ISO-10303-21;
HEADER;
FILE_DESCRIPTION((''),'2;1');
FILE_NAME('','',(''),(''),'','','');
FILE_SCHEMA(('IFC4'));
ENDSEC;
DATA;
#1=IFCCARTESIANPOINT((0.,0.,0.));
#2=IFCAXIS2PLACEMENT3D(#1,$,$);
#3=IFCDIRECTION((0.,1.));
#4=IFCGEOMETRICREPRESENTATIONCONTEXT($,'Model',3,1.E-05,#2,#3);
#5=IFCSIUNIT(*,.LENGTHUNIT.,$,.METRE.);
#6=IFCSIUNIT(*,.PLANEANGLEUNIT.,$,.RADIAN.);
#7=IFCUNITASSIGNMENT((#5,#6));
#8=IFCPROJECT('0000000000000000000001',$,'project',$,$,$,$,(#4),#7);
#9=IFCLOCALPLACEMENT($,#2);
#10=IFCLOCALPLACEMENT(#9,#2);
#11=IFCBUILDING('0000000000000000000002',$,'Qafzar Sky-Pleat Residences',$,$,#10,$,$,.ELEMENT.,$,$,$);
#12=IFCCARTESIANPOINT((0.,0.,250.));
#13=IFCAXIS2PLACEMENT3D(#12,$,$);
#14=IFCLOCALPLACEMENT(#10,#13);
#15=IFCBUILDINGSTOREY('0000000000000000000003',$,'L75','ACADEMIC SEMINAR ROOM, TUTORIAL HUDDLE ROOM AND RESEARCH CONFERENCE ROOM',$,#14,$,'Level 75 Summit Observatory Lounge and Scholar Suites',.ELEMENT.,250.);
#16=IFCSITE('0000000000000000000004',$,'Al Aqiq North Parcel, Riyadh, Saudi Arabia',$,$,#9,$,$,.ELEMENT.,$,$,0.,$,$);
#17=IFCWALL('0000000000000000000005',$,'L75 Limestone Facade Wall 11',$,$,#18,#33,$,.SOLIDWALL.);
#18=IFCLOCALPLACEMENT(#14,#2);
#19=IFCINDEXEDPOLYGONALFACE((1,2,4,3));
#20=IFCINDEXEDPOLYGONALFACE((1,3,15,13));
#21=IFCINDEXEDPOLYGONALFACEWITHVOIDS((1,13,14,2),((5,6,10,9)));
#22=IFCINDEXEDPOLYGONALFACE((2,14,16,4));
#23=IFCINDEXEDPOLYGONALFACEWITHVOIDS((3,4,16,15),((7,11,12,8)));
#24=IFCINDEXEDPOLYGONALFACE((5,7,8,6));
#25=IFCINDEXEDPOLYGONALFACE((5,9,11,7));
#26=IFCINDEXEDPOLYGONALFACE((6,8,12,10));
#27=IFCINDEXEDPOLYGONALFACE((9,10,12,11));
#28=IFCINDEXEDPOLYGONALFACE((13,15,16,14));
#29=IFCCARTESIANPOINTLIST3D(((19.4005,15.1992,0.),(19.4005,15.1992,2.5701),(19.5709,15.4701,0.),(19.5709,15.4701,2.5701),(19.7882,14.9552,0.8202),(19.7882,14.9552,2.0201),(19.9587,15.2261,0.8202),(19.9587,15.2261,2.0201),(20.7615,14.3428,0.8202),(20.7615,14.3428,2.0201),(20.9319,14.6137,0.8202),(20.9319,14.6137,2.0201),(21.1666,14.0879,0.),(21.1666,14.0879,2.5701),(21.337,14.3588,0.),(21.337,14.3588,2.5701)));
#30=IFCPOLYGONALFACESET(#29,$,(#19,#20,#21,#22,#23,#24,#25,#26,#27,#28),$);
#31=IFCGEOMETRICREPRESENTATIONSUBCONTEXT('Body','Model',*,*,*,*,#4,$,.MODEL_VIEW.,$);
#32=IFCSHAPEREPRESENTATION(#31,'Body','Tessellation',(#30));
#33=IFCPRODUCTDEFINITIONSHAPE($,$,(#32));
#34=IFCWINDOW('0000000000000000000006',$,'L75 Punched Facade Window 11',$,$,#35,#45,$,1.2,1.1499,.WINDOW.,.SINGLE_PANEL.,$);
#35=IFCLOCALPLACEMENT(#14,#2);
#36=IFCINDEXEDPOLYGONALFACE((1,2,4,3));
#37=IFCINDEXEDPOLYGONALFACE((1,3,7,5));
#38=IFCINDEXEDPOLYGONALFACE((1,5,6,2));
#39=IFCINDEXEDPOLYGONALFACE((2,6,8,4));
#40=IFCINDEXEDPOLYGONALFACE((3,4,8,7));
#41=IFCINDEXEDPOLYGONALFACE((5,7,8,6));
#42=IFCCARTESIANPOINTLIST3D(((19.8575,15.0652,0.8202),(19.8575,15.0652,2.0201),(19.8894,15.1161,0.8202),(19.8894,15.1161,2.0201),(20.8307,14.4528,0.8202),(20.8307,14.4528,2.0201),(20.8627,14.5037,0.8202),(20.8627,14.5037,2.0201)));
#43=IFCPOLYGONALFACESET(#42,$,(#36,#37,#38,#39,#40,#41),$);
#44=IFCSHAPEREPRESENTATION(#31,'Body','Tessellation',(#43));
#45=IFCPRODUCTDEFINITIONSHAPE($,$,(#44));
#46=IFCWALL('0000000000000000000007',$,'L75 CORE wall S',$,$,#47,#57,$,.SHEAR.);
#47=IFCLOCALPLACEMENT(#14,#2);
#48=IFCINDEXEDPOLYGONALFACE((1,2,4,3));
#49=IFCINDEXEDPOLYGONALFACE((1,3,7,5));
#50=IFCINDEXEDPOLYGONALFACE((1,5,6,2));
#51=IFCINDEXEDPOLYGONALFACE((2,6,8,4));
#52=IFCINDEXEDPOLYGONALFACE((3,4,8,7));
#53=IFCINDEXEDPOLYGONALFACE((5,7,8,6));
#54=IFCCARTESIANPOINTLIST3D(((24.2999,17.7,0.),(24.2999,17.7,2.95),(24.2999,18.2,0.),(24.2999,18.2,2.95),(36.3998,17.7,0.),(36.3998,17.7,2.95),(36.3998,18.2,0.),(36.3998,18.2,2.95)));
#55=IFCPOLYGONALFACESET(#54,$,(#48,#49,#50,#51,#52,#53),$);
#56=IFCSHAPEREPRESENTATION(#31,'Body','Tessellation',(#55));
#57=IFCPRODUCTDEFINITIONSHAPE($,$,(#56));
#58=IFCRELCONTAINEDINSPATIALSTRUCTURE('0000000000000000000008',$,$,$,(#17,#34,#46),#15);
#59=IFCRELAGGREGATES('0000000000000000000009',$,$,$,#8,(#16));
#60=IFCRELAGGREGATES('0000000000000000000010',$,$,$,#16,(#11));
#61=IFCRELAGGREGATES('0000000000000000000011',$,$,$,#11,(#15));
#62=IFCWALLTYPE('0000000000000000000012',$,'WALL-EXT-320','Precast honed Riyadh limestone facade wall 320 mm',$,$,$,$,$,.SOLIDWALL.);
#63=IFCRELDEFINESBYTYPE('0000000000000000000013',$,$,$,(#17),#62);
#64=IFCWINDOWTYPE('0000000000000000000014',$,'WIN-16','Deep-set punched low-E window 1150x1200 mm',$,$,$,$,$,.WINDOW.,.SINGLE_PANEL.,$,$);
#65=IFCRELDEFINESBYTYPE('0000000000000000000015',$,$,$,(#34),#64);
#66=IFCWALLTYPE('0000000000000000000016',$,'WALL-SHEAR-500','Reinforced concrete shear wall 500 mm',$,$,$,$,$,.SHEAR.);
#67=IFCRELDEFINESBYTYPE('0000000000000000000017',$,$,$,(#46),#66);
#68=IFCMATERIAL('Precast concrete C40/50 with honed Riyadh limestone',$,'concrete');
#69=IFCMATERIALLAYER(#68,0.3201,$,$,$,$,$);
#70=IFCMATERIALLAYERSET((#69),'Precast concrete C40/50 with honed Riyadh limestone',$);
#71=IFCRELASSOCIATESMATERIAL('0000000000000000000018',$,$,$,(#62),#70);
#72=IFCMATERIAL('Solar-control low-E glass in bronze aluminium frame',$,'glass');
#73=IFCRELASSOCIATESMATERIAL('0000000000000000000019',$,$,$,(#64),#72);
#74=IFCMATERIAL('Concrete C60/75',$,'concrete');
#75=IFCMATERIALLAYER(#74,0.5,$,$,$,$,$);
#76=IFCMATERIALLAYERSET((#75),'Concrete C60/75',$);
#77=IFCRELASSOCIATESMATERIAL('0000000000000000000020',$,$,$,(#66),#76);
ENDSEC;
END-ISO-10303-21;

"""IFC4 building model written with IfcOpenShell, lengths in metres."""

from ifc_helpers import new_model, si_unit, direction, frame, frame_2d, origin, place, context, subcontext, project, spatial, rectangle, extrude, source, transform, mapped, material, layer, layer_set, type_object, element, fill, save


model = new_model("IFC4")

# Units and contexts
model_context = context("Model", 3, precision=1e-05, world=origin(), true_north=direction((0.0, 1.0)))
body_context = subcontext(model_context, "Body", "Model", "MODEL_VIEW")
ifc_project = project(units=[si_unit("LENGTHUNIT", "METRE"), si_unit("PLANEANGLEUNIT", "RADIAN")], contexts=[model_context])

# Site, building, storey
site_placement = place(None, origin())
site = spatial("IfcSite", under=ifc_project, at=site_placement, Name="Al Aqiq North Parcel, Riyadh, Saudi Arabia", CompositionType="ELEMENT", RefElevation=0.0)
building_placement = place(site_placement, origin())
building = spatial("IfcBuilding", under=site, at=building_placement, Name="Qafzar Sky-Pleat Residences", CompositionType="ELEMENT")
storey_placement = place(building_placement, frame((0.0, 0.0, 250.0)))
storey = spatial("IfcBuildingStorey", under=building, at=storey_placement, Name="L75", Description="ACADEMIC SEMINAR ROOM, TUTORIAL HUDDLE ROOM AND RESEARCH CONFERENCE ROOM", LongName="Level 75 Summit Observatory Lounge and Scholar Suites", CompositionType="ELEMENT", Elevation=250.0)

# Wall, opening, window
ifc_material_1 = material(Name="Precast concrete C40/50 with honed Riyadh limestone", Category="concrete")
ifc_layer_1 = layer(ifc_material_1, 0.3201)
ifc_layer_set_1 = layer_set([ifc_layer_1], Name="Precast concrete C40/50 with honed Riyadh limestone")
wall_type_1 = type_object("IfcWallType", Name="WALL-EXT-320", Description="Precast honed Riyadh limestone facade wall 320 mm", PredefinedType="SOLIDWALL", material=ifc_layer_set_1)
wall_1_placement = place(storey_placement, frame((19.4856, 15.3347, 0.0), z_axis=(0.0, 0.0, 1.0), x_axis=(0.846377, -0.532584, 0.0)))
wall_1 = element("IfcWall", 1, at=wall_1_placement, inside=storey, type_object=wall_type_1, Name="L75 Limestone Facade Wall 11", PredefinedType="SOLIDWALL", context=body_context, shape_type="SweptSolid", body=[
    extrude(rectangle(XDim=2.0867, YDim=0.3201, at=frame_2d((1.0435, 0.0))), origin(), (0.0, 0.0, 1.0), 2.5701),
])
opening_1_placement = place(wall_1_placement, frame((0.4583, 0.0, 0.8201)))
opening_1 = element("IfcOpeningElement", 2, at=opening_1_placement, cuts=wall_1, PredefinedType="OPENING", context=body_context, shape_type="SweptSolid", body=[
    extrude(rectangle(XDim=1.1499, YDim=1.2, at=frame_2d((0.575, 0.6001))), frame((0.0, 0.1699, 0.0), z_axis=(0.0, -1.0, 0.0), x_axis=(1.0, 0.0, 0.0)), (0.0, 0.0, 1.0), 0.3401),
])
ifc_material_2 = material(Name="Solar-control low-E glass in bronze aluminium frame", Category="glass")
window_type = type_object("IfcWindowType", Name="WIN-16", Description="Deep-set punched low-E window 1150x1200 mm", PartitioningType="SINGLE_PANEL", PredefinedType="WINDOW", material=ifc_material_2)
shared_shape_1 = source(origin(), body_context, "Body", "SweptSolid", [
    extrude(rectangle(XDim=1.1499, YDim=1.2, at=frame_2d((0.575, 0.6001))), frame((0.0, 0.03, 0.0), z_axis=(0.0, -1.0, 0.0), x_axis=(1.0, 0.0, 0.0)), (0.0, 0.0, 1.0), 0.0601),
])
window_placement = place(opening_1_placement, origin())
window = element("IfcWindow", 3, at=window_placement, inside=storey, type_object=window_type, Name="L75 Punched Facade Window 11", OverallHeight=1.2, OverallWidth=1.1499, PartitioningType="SINGLE_PANEL", PredefinedType="WINDOW", context=body_context, shape_type="MappedRepresentation", body=[
    mapped(shared_shape_1, transform((0.0, 0.0, 0.0), x_axis=(1.0, 0.0, 0.0), y_axis=(0.0, 1.0, 0.0), z_axis=(0.0, 0.0, 1.0), scale=1.0)),
])
fill(opening_1, window)

# Shared definitions
ifc_material_3 = material(Name="Concrete C60/75", Category="concrete")

# Wall
ifc_layer_2 = layer(ifc_material_3, 0.5)
ifc_layer_set_2 = layer_set([ifc_layer_2], Name="Concrete C60/75")
wall_type_2 = type_object("IfcWallType", Name="WALL-SHEAR-500", Description="Reinforced concrete shear wall 500 mm", PredefinedType="SHEAR", material=ifc_layer_set_2)
wall_2_placement = place(storey_placement, frame((24.3, 17.95, 0.0), z_axis=(0.0, 0.0, 1.0), x_axis=(1.0, 0.0, 0.0)))
element("IfcWall", 4, at=wall_2_placement, inside=storey, type_object=wall_type_2, Name="L75 CORE wall S", PredefinedType="SHEAR", context=body_context, shape_type="SweptSolid", body=[
    extrude(rectangle(XDim=12.0999, YDim=0.5, at=frame_2d((6.0498, 0.0))), origin(), (0.0, 0.0, 1.0), 2.95),
])

save(model, "model.ifc")
